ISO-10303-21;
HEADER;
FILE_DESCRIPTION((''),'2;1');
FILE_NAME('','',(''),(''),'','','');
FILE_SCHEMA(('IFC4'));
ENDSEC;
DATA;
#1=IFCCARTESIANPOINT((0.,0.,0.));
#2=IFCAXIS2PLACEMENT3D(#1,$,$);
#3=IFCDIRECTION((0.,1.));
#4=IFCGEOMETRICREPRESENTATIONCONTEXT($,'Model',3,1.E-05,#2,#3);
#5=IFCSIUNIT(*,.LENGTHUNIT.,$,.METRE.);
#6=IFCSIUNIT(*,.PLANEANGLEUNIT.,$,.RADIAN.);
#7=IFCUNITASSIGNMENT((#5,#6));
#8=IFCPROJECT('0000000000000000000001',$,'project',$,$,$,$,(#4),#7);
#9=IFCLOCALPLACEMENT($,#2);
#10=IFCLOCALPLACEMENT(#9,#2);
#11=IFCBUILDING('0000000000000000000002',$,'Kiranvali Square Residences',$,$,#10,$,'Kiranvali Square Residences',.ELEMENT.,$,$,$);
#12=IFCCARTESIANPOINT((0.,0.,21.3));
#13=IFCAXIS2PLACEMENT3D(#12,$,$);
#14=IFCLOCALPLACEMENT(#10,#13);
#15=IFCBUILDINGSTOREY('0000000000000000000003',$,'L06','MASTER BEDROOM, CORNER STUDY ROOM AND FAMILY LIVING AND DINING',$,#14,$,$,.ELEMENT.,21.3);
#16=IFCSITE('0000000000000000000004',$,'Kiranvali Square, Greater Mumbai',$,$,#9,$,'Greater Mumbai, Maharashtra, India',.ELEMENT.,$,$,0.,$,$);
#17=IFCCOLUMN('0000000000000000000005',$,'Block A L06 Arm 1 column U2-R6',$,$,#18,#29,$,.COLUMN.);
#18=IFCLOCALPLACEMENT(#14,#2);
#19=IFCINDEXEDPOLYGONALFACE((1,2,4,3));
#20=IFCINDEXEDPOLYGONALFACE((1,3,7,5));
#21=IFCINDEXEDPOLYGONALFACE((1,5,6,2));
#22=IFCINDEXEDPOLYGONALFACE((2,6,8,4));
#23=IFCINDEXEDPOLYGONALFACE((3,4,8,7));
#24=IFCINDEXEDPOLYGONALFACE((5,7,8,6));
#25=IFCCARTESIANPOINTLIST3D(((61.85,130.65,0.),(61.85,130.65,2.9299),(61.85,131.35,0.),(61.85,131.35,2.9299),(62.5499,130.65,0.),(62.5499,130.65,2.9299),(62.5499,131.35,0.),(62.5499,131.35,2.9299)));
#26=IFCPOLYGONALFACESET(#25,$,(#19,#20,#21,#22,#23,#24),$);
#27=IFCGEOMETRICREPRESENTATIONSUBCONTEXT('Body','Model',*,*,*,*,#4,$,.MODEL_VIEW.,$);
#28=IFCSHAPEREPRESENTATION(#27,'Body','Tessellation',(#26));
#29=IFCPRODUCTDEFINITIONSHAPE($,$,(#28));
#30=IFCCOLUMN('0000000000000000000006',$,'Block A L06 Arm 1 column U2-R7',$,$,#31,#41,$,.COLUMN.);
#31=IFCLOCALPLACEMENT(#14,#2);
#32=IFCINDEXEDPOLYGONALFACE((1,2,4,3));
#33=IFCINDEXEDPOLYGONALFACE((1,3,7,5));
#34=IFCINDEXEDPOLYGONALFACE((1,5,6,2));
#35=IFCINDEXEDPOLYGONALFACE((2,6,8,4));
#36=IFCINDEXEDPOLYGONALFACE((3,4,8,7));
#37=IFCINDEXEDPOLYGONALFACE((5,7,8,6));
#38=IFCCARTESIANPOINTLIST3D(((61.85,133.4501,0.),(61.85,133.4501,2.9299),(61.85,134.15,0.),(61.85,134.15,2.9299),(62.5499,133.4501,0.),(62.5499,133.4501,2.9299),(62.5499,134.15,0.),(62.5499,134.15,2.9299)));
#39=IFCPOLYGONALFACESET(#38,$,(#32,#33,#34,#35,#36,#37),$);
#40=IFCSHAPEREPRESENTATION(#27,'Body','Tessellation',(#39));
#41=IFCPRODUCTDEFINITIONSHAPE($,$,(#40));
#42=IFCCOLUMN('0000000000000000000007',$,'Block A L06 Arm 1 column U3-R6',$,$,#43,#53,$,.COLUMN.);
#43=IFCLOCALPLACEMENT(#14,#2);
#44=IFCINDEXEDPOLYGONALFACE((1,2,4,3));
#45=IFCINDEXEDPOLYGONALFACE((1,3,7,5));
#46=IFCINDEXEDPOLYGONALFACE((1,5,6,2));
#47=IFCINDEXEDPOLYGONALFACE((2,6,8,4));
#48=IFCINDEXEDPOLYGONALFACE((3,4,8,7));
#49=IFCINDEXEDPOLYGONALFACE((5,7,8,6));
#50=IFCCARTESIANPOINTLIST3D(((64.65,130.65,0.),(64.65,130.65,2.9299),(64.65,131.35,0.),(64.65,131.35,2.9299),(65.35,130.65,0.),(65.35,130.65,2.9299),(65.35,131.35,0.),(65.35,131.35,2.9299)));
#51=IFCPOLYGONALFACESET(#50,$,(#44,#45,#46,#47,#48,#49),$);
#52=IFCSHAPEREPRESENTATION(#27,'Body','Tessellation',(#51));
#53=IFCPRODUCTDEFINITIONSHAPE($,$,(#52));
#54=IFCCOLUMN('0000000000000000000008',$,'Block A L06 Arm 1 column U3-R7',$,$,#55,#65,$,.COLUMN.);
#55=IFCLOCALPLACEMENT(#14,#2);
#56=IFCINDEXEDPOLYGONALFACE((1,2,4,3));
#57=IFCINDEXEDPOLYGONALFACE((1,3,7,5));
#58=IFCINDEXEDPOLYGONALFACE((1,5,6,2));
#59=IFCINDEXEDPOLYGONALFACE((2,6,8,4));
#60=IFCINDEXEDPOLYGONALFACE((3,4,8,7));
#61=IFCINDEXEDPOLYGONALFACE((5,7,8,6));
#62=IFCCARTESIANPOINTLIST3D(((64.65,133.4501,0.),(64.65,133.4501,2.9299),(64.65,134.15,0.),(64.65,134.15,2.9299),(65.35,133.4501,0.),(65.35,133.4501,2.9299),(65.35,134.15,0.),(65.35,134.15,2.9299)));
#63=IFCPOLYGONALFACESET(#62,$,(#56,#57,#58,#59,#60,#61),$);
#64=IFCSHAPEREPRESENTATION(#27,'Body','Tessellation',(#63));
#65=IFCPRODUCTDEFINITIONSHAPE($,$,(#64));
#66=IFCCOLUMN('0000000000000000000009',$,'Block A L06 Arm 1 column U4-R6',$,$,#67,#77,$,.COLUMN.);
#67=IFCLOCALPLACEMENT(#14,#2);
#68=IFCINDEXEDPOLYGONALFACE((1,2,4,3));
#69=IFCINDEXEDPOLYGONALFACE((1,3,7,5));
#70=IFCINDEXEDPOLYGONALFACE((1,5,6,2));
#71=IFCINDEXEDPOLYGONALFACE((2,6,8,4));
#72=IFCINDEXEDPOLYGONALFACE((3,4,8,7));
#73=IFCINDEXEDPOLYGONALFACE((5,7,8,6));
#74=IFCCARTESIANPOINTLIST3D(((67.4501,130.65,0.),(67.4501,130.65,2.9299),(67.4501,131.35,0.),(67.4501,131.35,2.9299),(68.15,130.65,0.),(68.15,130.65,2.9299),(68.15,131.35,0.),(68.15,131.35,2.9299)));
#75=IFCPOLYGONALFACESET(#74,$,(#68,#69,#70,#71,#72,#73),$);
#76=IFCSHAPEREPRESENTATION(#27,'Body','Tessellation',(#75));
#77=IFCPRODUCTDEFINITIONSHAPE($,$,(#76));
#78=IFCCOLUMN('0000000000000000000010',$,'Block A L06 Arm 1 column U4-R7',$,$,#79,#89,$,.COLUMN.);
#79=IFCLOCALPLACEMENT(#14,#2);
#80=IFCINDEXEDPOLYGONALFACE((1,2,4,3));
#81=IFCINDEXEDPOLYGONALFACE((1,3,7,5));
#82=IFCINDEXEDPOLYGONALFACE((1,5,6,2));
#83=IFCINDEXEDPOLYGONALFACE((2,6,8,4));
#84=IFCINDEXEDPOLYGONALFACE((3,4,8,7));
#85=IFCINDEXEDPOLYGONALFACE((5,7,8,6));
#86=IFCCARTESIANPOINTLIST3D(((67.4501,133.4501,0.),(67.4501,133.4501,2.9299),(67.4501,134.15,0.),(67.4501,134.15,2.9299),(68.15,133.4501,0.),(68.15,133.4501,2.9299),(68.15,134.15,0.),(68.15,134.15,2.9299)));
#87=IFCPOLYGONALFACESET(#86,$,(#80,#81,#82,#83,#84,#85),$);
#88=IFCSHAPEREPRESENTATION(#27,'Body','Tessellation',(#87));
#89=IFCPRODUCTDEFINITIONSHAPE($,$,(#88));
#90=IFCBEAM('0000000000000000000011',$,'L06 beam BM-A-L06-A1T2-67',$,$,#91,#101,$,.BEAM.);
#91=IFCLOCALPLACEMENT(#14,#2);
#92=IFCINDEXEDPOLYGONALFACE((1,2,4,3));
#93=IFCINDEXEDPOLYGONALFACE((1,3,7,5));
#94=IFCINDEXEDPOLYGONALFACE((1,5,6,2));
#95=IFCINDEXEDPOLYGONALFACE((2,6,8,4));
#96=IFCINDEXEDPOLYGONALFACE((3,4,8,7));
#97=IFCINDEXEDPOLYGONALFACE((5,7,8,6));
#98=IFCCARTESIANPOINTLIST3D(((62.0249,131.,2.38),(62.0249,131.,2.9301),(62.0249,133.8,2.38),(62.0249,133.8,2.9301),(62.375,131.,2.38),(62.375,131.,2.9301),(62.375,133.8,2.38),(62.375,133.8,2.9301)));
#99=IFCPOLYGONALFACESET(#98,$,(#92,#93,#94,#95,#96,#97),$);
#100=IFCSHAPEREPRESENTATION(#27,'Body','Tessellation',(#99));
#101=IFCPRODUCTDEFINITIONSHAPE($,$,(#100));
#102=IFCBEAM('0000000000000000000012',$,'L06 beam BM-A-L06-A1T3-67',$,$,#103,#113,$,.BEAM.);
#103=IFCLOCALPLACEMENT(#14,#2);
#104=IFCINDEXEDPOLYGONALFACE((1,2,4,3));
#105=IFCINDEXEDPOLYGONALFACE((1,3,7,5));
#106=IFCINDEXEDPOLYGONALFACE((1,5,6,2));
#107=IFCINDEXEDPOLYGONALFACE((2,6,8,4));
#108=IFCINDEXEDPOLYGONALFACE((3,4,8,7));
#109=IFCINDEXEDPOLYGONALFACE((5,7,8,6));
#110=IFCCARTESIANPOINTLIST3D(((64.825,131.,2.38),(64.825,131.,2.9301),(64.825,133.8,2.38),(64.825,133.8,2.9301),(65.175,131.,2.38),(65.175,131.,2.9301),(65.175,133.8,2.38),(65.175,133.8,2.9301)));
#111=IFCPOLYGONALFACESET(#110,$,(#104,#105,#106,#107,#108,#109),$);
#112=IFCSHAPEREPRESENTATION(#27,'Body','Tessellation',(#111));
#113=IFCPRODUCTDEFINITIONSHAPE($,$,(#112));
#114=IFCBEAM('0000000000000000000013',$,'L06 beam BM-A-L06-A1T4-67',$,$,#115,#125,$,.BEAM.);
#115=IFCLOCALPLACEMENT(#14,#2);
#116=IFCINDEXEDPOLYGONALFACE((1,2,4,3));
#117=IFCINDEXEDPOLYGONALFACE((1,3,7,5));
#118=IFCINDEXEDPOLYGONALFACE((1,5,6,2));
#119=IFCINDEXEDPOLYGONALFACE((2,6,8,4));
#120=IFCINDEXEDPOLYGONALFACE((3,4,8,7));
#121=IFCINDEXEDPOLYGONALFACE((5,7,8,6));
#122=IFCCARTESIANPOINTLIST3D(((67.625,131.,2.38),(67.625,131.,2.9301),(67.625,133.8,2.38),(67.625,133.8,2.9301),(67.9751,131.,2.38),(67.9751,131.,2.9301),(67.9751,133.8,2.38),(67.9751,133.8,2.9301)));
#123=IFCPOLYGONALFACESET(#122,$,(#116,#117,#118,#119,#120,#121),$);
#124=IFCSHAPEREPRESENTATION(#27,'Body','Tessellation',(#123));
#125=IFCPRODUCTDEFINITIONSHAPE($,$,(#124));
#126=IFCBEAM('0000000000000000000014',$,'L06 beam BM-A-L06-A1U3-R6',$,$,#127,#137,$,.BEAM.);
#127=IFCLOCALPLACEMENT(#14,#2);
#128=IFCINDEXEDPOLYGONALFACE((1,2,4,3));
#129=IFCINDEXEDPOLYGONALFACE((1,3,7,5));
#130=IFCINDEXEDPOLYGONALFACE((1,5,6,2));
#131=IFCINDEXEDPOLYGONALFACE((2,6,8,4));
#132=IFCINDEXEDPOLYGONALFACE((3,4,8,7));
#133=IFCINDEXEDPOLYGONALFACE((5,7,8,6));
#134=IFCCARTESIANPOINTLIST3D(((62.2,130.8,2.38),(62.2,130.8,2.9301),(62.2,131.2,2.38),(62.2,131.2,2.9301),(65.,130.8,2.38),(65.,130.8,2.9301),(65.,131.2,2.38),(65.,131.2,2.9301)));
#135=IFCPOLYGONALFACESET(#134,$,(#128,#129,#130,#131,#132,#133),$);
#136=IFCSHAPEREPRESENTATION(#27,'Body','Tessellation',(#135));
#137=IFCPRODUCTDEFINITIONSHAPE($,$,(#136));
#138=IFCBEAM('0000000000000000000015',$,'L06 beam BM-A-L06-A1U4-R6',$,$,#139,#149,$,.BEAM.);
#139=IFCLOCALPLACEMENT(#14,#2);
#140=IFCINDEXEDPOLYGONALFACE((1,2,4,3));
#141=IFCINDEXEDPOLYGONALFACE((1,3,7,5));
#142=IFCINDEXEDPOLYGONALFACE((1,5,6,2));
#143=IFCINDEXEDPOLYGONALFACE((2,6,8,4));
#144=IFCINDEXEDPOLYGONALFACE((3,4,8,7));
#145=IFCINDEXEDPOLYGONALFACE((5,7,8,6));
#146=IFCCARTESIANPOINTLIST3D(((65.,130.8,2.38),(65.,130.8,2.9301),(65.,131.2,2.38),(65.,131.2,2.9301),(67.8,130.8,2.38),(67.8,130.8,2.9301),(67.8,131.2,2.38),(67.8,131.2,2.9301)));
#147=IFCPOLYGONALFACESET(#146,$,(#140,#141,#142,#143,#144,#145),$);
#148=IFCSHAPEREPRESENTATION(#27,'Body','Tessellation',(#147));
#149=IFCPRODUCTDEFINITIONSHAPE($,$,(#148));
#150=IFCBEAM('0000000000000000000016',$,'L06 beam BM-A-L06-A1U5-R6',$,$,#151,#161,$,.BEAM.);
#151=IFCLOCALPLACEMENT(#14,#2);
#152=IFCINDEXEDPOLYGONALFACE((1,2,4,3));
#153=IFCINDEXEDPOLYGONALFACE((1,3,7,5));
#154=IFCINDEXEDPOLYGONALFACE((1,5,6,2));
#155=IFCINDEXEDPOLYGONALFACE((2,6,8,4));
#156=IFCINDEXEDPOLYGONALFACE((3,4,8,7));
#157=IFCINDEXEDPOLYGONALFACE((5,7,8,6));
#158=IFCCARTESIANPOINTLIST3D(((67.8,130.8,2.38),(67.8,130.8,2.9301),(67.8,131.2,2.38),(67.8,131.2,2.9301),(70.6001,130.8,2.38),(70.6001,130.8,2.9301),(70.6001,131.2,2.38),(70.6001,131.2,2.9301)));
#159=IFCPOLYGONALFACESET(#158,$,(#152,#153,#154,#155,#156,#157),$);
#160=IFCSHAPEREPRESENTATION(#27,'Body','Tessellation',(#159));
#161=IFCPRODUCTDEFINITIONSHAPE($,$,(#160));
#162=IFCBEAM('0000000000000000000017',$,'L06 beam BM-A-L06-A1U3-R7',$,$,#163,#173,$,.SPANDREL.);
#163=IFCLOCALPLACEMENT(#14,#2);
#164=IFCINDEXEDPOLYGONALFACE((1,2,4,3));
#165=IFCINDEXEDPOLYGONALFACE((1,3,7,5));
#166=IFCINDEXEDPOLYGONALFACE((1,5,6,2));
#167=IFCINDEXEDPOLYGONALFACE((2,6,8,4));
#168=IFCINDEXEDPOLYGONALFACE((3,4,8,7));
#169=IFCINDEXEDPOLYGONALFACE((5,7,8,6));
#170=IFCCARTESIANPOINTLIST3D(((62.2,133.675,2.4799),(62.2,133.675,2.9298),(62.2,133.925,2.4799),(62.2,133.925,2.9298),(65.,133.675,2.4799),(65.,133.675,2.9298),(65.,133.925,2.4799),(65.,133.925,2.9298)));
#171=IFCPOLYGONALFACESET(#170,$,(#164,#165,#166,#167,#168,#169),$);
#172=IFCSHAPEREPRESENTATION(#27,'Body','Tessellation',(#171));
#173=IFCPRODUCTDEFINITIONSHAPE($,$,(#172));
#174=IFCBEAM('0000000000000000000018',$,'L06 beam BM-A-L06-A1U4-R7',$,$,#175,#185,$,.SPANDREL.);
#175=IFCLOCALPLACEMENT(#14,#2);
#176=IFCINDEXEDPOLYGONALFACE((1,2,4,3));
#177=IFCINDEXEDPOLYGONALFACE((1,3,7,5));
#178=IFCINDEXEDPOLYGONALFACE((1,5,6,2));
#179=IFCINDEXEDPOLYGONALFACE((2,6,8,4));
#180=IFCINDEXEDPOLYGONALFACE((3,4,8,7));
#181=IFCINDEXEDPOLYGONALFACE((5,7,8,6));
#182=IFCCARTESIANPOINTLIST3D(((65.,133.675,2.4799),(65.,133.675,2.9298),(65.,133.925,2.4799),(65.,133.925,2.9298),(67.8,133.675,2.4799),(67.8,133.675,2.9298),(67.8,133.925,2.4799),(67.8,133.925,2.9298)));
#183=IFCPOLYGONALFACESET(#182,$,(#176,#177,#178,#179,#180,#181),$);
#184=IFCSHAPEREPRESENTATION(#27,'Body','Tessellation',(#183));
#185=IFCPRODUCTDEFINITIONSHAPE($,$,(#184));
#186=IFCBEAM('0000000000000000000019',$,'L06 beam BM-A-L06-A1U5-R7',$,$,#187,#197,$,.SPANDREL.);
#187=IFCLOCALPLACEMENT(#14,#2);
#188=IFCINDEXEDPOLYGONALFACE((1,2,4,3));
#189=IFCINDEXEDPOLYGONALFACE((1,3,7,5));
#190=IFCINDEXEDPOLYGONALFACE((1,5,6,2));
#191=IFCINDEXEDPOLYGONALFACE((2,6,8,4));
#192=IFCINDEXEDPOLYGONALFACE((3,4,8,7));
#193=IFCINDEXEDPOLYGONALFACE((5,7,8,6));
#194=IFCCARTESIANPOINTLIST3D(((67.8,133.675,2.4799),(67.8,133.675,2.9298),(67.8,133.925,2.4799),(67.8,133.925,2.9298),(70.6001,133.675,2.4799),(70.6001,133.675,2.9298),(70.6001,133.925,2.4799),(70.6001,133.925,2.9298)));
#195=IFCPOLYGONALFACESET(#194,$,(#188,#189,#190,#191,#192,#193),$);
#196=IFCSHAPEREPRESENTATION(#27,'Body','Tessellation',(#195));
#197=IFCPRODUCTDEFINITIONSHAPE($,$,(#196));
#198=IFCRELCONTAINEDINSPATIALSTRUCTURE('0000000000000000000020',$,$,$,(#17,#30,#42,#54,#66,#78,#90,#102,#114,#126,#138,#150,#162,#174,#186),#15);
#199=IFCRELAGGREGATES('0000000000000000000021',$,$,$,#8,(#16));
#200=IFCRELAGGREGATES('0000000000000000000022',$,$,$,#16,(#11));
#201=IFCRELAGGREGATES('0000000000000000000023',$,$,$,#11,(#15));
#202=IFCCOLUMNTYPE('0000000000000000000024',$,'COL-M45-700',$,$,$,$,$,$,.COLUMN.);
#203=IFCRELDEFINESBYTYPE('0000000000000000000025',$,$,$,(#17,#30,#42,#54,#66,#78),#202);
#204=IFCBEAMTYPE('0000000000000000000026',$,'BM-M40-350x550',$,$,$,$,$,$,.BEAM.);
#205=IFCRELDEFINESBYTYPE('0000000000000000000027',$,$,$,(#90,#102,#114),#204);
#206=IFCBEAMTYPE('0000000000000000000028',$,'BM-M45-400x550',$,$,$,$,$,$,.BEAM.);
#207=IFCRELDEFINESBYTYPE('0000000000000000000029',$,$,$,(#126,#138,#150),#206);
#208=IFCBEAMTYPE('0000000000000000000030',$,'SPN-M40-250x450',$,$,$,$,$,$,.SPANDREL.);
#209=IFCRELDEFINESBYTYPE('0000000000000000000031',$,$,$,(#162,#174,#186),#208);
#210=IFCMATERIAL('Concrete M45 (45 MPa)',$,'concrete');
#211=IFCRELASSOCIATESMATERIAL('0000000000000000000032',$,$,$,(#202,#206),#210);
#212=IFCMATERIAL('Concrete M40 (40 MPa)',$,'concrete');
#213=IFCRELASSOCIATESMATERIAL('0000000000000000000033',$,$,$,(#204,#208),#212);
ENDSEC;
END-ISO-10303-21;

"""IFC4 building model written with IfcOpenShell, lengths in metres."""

from ifc_helpers import new_model, si_unit, direction, frame, origin, origin_2d, place, context, subcontext, project, spatial, rectangle, extrude, material, material_profile, profile_set, type_object, element, save


model = new_model("IFC4")

# Units and contexts
model_context = context("Model", 3, precision=1e-05, world=origin(), true_north=direction((0.0, 1.0)))
body_context = subcontext(model_context, "Body", "Model", "MODEL_VIEW")
ifc_project = project(units=[si_unit("LENGTHUNIT", "METRE"), si_unit("PLANEANGLEUNIT", "RADIAN")], contexts=[model_context])

# Site, building, storey
site_placement = place(None, origin())
site = spatial("IfcSite", under=ifc_project, at=site_placement, Name="Kiranvali Square, Greater Mumbai", LongName="Greater Mumbai, Maharashtra, India", CompositionType="ELEMENT", RefElevation=0.0)
building_placement = place(site_placement, origin())
building = spatial("IfcBuilding", under=site, at=building_placement, Name="Kiranvali Square Residences", LongName="Kiranvali Square Residences", CompositionType="ELEMENT")
storey_placement = place(building_placement, frame((0.0, 0.0, 21.3)))
storey = spatial("IfcBuildingStorey", under=building, at=storey_placement, Name="L06", Description="MASTER BEDROOM, CORNER STUDY ROOM AND FAMILY LIVING AND DINING", CompositionType="ELEMENT", Elevation=21.3)

# Columns
ifc_material_1 = material(Name="Concrete M45 (45 MPa)", Category="concrete")
ifc_material_profile_1 = material_profile(ifc_material_1, rectangle(XDim=0.7, YDim=0.7, at=origin_2d()), Name="RC 700x700")
ifc_profile_set_1 = profile_set([ifc_material_profile_1], Name="Concrete M45 (45 MPa)")
column_type = type_object("IfcColumnType", Name="COL-M45-700", PredefinedType="COLUMN", material=ifc_profile_set_1)
for number, where, z_axis, x_axis, name in (
    (1, (62.2, 131.0, 0.0), (0.0, 0.0, 1.0), (1.0, 0.0, 0.0), "Block A L06 Arm 1 column U2-R6"),
    (2, (62.2, 133.8, 0.0), (0.0, 0.0, 1.0), (1.0, 0.0, 0.0), "Block A L06 Arm 1 column U2-R7"),
    (3, (65.0, 131.0, 0.0), (0.0, 0.0, 1.0), (1.0, 0.0, 0.0), "Block A L06 Arm 1 column U3-R6"),
    (4, (65.0, 133.8, 0.0), (0.0, 0.0, 1.0), (1.0, 0.0, 0.0), "Block A L06 Arm 1 column U3-R7"),
    (5, (67.8, 131.0, 0.0), (0.0, 0.0, 1.0), (1.0, 0.0, 0.0), "Block A L06 Arm 1 column U4-R6"),
    (6, (67.8, 133.8, 0.0), (0.0, 0.0, 1.0), (1.0, 0.0, 0.0), "Block A L06 Arm 1 column U4-R7"),
):
    element("IfcColumn", number, at=place(storey_placement, frame(where, z_axis=z_axis, x_axis=x_axis)), inside=storey, type_object=column_type, Name=name, PredefinedType="COLUMN", context=body_context, shape_type="SweptSolid", body=[
        extrude(rectangle(XDim=0.7, YDim=0.7, at=origin_2d()), origin(), (0.0, 0.0, 1.0), 2.9299),
    ])

# Beams
ifc_material_2 = material(Name="Concrete M40 (40 MPa)", Category="concrete")
ifc_material_profile_2 = material_profile(ifc_material_2, rectangle(XDim=0.3501, YDim=0.55, at=origin_2d()), Name="RC 350x550")
ifc_profile_set_2 = profile_set([ifc_material_profile_2], Name="Concrete M40 (40 MPa)")
beam_type_1 = type_object("IfcBeamType", Name="BM-M40-350x550", PredefinedType="BEAM", material=ifc_profile_set_2)
for number, where, z_axis, x_axis, name in (
    (7, (62.2, 131.0, 2.655), (0.0, 1.0, 0.0), (-1.0, 0.0, 0.0), "L06 beam BM-A-L06-A1T2-67"),
    (8, (65.0, 131.0, 2.655), (0.0, 1.0, 0.0), (-1.0, 0.0, 0.0), "L06 beam BM-A-L06-A1T3-67"),
    (9, (67.8, 131.0, 2.655), (0.0, 1.0, 0.0), (-1.0, 0.0, 0.0), "L06 beam BM-A-L06-A1T4-67"),
):
    element("IfcBeam", number, at=place(storey_placement, frame(where, z_axis=z_axis, x_axis=x_axis)), inside=storey, type_object=beam_type_1, Name=name, PredefinedType="BEAM", context=body_context, shape_type="SweptSolid", body=[
        extrude(rectangle(XDim=0.3501, YDim=0.55, at=origin_2d()), origin(), (0.0, 0.0, 1.0), 2.8),
    ])
ifc_material_profile_3 = material_profile(ifc_material_1, rectangle(XDim=0.3999, YDim=0.55, at=origin_2d()), Name="RC 400x550")
ifc_profile_set_3 = profile_set([ifc_material_profile_3], Name="Concrete M45 (45 MPa)")
beam_type_2 = type_object("IfcBeamType", Name="BM-M45-400x550", PredefinedType="BEAM", material=ifc_profile_set_3)
for number, where, z_axis, x_axis, name in (
    (10, (62.2, 131.0, 2.655), (1.0, 0.0, 0.0), (0.0, 1.0, 0.0), "L06 beam BM-A-L06-A1U3-R6"),
    (11, (65.0, 131.0, 2.655), (1.0, 0.0, 0.0), (0.0, 1.0, 0.0), "L06 beam BM-A-L06-A1U4-R6"),
    (12, (67.8, 131.0, 2.655), (1.0, 0.0, 0.0), (0.0, 1.0, 0.0), "L06 beam BM-A-L06-A1U5-R6"),
):
    element("IfcBeam", number, at=place(storey_placement, frame(where, z_axis=z_axis, x_axis=x_axis)), inside=storey, type_object=beam_type_2, Name=name, PredefinedType="BEAM", context=body_context, shape_type="SweptSolid", body=[
        extrude(rectangle(XDim=0.3999, YDim=0.55, at=origin_2d()), origin(), (0.0, 0.0, 1.0), 2.8),
    ])
ifc_material_profile_4 = material_profile(ifc_material_2, rectangle(XDim=0.25, YDim=0.45, at=origin_2d()), Name="RC 250x450")
ifc_profile_set_4 = profile_set([ifc_material_profile_4], Name="Concrete M40 (40 MPa)")
beam_type_3 = type_object("IfcBeamType", Name="SPN-M40-250x450", PredefinedType="SPANDREL", material=ifc_profile_set_4)
for number, where, z_axis, x_axis, name in (
    (13, (62.2, 133.8, 2.7048), (1.0, 0.0, 0.0), (0.0, 1.0, 0.0), "L06 beam BM-A-L06-A1U3-R7"),
    (14, (65.0, 133.8, 2.7048), (1.0, 0.0, 0.0), (0.0, 1.0, 0.0), "L06 beam BM-A-L06-A1U4-R7"),
    (15, (67.8, 133.8, 2.7048), (1.0, 0.0, 0.0), (0.0, 1.0, 0.0), "L06 beam BM-A-L06-A1U5-R7"),
):
    element("IfcBeam", number, at=place(storey_placement, frame(where, z_axis=z_axis, x_axis=x_axis)), inside=storey, type_object=beam_type_3, Name=name, PredefinedType="SPANDREL", context=body_context, shape_type="SweptSolid", body=[
        extrude(rectangle(XDim=0.25, YDim=0.45, at=origin_2d()), origin(), (0.0, 0.0, 1.0), 2.8),
    ])

save(model, "model.ifc")
